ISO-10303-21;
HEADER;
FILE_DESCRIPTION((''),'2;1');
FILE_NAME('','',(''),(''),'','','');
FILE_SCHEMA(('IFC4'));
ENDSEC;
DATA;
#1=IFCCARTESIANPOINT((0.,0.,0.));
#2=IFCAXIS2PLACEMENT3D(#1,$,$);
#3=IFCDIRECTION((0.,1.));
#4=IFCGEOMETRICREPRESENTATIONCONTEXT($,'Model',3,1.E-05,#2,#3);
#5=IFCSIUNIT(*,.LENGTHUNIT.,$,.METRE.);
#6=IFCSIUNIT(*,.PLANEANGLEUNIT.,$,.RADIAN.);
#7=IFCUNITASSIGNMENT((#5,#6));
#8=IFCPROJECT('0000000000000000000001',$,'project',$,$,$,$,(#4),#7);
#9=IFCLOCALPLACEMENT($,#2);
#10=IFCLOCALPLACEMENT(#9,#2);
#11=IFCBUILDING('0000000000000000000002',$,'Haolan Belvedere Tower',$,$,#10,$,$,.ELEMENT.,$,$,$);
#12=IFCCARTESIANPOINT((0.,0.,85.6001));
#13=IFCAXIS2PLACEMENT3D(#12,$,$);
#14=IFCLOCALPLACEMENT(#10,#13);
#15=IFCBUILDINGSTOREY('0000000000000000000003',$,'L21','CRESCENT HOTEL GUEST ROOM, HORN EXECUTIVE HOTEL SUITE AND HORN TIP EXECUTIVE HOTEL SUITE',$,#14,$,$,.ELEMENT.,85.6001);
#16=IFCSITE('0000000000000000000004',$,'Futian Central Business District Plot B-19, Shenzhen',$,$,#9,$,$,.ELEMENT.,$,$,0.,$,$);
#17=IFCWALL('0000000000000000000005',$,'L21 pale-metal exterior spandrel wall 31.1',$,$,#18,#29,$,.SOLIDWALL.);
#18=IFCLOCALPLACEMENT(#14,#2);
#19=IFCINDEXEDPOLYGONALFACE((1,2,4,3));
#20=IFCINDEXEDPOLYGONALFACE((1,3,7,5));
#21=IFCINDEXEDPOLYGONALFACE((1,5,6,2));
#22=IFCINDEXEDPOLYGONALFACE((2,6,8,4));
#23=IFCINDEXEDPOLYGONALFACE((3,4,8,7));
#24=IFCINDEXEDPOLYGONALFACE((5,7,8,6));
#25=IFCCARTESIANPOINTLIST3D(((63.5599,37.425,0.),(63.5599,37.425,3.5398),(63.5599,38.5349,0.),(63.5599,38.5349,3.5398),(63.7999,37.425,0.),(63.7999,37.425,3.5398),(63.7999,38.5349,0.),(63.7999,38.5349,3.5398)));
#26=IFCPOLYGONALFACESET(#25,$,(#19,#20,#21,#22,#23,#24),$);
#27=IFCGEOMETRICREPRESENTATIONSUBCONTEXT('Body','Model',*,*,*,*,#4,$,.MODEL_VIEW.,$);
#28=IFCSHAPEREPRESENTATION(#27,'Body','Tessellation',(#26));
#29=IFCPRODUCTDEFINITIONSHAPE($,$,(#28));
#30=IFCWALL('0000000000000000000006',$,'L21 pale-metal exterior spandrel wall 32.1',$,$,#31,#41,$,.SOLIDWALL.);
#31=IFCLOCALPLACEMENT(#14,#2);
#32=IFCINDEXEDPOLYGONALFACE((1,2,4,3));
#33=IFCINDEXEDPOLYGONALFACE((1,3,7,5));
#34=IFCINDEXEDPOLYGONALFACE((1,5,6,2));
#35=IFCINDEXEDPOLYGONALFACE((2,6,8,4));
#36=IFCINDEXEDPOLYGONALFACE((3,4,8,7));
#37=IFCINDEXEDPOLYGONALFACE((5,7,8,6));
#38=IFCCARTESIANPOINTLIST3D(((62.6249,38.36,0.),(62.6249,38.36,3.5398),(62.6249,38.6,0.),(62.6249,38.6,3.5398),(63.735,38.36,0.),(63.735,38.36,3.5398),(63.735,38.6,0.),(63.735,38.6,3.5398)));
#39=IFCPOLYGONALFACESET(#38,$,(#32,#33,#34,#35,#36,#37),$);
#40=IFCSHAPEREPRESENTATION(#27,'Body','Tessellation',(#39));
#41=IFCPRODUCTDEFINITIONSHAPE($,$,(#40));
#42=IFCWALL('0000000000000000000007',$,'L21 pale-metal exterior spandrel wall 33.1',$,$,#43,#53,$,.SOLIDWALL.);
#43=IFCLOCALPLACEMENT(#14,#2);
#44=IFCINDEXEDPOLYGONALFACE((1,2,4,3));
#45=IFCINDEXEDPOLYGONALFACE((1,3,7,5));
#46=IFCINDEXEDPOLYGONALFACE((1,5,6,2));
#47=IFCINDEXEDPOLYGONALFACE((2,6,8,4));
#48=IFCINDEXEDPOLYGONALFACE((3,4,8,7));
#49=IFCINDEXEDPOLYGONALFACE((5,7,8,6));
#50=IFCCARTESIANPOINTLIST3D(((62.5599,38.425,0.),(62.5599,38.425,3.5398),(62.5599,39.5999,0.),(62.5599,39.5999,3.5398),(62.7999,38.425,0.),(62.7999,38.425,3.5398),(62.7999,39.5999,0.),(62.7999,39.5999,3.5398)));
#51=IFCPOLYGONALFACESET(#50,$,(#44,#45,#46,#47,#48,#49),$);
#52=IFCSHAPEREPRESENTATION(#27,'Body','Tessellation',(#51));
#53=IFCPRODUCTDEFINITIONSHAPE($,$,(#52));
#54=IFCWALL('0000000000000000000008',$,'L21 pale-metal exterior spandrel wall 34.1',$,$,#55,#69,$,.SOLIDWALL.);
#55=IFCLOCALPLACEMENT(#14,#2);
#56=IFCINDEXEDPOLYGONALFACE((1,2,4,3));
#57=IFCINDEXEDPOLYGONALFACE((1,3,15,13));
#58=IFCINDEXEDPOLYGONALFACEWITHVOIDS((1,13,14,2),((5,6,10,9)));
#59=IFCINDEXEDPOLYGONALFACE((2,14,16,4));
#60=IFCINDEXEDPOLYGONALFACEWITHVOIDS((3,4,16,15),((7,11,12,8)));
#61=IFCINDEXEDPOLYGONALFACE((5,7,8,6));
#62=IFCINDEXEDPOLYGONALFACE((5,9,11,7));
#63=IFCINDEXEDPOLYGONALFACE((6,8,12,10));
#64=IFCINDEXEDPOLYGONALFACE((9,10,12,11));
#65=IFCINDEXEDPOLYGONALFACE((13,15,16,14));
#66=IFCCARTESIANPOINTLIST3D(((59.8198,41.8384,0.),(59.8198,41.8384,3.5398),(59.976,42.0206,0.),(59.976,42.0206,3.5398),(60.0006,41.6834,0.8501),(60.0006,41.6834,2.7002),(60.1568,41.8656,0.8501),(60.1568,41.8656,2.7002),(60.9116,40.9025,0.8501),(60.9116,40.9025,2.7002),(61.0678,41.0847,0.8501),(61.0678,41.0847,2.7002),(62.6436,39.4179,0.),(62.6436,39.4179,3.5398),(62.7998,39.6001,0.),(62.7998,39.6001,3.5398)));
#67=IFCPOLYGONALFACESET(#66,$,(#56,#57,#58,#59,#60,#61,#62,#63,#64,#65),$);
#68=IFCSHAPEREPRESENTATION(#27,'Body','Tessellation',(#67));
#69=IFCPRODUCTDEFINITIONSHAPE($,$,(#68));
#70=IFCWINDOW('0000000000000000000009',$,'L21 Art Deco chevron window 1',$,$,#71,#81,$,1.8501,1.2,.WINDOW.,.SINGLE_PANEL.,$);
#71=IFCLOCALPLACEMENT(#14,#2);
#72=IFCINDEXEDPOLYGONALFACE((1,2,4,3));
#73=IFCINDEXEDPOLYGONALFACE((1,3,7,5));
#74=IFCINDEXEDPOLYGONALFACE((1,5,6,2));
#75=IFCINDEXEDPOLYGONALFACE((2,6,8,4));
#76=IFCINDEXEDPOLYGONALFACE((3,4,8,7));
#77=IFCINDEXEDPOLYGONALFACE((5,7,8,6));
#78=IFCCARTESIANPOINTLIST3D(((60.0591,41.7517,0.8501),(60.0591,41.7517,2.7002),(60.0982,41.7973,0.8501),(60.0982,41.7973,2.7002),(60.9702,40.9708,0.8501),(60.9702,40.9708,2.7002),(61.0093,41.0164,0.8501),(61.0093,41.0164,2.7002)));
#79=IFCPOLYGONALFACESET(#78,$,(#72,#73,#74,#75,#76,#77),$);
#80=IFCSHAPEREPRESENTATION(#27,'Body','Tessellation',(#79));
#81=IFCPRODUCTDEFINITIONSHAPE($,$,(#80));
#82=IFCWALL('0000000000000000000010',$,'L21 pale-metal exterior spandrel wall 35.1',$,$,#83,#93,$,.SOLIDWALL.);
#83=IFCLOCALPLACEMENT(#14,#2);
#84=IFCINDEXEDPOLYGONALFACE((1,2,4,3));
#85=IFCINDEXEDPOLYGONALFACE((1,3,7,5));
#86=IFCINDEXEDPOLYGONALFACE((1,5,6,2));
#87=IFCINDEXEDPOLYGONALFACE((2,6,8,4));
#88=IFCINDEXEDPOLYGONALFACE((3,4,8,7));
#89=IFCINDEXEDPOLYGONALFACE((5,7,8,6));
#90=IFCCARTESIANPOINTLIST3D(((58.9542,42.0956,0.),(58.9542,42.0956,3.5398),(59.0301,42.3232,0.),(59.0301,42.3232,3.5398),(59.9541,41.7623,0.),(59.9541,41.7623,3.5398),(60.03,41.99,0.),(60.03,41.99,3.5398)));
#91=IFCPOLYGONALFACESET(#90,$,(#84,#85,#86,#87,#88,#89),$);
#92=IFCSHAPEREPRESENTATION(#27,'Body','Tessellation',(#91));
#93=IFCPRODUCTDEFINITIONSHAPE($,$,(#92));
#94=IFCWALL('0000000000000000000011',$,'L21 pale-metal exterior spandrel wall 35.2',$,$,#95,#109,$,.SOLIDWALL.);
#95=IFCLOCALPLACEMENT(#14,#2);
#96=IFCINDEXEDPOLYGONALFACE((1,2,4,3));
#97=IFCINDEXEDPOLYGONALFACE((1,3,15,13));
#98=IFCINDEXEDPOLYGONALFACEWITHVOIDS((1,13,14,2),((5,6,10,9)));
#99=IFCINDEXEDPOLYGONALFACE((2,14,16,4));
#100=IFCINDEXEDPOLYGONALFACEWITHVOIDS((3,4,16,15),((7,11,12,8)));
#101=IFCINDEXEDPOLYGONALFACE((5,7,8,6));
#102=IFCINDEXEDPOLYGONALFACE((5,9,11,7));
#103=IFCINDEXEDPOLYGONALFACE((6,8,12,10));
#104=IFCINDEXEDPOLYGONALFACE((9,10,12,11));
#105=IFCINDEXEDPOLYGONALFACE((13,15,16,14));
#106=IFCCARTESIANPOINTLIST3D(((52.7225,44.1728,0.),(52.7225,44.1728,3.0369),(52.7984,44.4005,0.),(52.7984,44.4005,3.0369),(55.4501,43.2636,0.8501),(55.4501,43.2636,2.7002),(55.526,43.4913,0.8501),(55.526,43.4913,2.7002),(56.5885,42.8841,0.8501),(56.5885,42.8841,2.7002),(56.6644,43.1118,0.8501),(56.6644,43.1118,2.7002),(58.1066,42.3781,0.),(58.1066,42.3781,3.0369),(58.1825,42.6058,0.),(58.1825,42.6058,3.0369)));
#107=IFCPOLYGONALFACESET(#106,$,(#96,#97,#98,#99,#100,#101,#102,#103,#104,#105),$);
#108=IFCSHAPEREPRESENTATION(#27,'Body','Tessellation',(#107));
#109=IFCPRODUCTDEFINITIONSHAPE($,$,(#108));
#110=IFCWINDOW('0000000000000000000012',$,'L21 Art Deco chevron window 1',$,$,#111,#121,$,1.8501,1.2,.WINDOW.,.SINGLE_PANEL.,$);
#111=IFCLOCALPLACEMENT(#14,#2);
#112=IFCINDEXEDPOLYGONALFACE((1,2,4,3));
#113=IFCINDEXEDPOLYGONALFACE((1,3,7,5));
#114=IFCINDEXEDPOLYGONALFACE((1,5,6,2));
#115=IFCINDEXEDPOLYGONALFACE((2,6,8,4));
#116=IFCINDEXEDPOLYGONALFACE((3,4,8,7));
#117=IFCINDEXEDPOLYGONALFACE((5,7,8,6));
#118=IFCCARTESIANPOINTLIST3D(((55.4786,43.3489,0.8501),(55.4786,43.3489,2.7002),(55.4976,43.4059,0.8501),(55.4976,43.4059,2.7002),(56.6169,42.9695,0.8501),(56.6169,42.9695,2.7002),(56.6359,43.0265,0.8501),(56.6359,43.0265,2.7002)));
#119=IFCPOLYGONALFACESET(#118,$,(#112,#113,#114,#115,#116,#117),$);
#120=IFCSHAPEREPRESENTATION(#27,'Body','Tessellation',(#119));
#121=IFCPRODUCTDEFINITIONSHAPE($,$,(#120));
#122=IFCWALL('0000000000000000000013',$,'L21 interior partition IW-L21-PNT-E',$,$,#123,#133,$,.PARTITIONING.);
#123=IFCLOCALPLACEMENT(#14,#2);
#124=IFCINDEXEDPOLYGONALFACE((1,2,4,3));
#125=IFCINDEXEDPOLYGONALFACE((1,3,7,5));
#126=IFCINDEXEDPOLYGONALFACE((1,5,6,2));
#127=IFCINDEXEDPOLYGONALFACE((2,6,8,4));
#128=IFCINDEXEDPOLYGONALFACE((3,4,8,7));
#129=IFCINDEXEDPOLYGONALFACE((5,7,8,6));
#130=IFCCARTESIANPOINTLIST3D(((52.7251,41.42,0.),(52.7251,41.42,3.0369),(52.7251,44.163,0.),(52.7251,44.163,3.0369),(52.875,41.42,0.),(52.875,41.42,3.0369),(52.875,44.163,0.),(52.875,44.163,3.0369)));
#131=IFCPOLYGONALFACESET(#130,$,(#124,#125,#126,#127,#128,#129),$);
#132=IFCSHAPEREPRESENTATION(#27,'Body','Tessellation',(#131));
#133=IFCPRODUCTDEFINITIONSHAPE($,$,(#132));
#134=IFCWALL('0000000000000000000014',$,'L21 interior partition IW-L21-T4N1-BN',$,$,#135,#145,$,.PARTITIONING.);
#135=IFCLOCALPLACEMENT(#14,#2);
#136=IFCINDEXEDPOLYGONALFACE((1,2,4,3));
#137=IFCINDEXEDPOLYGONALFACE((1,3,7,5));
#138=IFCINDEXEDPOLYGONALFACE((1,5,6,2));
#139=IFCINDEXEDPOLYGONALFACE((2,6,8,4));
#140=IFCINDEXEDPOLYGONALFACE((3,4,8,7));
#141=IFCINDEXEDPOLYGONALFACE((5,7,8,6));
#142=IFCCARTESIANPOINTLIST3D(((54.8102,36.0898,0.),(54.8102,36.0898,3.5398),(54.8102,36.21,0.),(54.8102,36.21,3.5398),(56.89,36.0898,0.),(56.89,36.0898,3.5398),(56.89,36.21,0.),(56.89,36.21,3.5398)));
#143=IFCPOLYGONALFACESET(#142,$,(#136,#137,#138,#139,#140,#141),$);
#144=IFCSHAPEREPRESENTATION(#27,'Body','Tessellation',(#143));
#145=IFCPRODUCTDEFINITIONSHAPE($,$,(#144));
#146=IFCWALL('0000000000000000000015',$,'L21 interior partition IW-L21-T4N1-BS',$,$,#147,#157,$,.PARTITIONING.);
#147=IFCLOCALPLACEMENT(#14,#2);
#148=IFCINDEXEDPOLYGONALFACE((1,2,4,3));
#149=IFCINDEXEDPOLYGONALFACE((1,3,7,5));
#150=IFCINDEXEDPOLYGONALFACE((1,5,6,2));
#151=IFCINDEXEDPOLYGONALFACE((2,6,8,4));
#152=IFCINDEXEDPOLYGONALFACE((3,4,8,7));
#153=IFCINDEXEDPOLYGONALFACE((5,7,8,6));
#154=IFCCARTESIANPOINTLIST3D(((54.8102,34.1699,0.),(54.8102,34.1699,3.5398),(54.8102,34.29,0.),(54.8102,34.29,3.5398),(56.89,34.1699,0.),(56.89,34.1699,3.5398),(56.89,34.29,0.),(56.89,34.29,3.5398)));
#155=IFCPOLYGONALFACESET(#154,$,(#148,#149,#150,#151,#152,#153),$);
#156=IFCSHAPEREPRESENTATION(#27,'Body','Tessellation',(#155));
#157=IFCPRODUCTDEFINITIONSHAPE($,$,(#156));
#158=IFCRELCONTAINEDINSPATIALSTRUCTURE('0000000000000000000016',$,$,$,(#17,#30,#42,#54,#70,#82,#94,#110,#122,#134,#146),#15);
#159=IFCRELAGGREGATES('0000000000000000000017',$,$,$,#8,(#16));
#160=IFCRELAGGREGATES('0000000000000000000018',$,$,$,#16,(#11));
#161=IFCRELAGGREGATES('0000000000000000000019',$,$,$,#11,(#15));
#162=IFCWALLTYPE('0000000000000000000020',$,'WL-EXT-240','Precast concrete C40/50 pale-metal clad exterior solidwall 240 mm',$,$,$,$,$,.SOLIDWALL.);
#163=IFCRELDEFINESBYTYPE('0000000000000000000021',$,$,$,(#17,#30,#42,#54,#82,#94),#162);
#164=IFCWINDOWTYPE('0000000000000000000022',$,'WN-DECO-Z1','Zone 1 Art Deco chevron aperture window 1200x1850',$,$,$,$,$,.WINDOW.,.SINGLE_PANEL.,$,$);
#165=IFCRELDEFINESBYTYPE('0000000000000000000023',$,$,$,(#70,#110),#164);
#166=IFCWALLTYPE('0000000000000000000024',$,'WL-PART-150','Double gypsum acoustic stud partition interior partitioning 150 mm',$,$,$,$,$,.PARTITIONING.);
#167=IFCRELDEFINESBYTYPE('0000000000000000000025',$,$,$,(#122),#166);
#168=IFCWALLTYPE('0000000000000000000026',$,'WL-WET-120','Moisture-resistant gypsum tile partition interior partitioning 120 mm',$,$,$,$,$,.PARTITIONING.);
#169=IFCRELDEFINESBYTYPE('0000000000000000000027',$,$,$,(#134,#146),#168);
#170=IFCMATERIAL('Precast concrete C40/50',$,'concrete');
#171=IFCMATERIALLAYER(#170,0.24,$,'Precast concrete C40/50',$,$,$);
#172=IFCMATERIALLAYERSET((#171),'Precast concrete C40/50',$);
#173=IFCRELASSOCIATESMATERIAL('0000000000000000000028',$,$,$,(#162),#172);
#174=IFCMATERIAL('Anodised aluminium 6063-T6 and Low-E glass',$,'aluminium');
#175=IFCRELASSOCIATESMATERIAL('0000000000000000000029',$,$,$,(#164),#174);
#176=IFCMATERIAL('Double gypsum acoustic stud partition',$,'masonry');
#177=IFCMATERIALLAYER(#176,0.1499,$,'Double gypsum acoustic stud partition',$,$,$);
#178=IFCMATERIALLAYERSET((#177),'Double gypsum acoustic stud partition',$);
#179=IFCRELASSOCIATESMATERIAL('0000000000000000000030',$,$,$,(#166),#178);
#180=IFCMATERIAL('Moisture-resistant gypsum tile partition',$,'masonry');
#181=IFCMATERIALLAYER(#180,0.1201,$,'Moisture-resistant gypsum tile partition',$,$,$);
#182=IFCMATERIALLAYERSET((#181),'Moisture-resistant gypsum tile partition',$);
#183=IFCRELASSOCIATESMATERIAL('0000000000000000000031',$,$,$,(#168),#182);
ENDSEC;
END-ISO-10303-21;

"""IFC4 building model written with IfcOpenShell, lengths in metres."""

from ifc_helpers import new_model, si_unit, direction, frame, frame_2d, origin, place, context, subcontext, project, spatial, rectangle, extrude, material, layer, layer_set, type_object, element, fill, save


model = new_model("IFC4")

# Units and contexts
model_context = context("Model", 3, precision=1e-05, world=origin(), true_north=direction((0.0, 1.0)))
body_context = subcontext(model_context, "Body", "Model", "MODEL_VIEW")
ifc_project = project(units=[si_unit("LENGTHUNIT", "METRE"), si_unit("PLANEANGLEUNIT", "RADIAN")], contexts=[model_context])

# Site, building, storey
site_placement = place(None, origin())
site = spatial("IfcSite", under=ifc_project, at=site_placement, Name="Futian Central Business District Plot B-19, Shenzhen", CompositionType="ELEMENT", RefElevation=0.0)
building_placement = place(site_placement, origin())
building = spatial("IfcBuilding", under=site, at=building_placement, Name="Haolan Belvedere Tower", CompositionType="ELEMENT")
storey_placement = place(building_placement, frame((0.0, 0.0, 85.6001)))
storey = spatial("IfcBuildingStorey", under=building, at=storey_placement, Name="L21", Description="CRESCENT HOTEL GUEST ROOM, HORN EXECUTIVE HOTEL SUITE AND HORN TIP EXECUTIVE HOTEL SUITE", CompositionType="ELEMENT", Elevation=85.6001)

# Shared definitions
ifc_material_1 = material(Name="Precast concrete C40/50", Category="concrete")
ifc_layer_1 = layer(ifc_material_1, 0.24, Name="Precast concrete C40/50")
ifc_layer_set_1 = layer_set([ifc_layer_1], Name="Precast concrete C40/50")
wall_type_1 = type_object("IfcWallType", Name="WL-EXT-240", Description="Precast concrete C40/50 pale-metal clad exterior solidwall 240 mm", PredefinedType="SOLIDWALL", material=ifc_layer_set_1)
ifc_material_2 = material(Name="Anodised aluminium 6063-T6 and Low-E glass", Category="aluminium")
window_type = type_object("IfcWindowType", Name="WN-DECO-Z1", Description="Zone 1 Art Deco chevron aperture window 1200x1850", PartitioningType="SINGLE_PANEL", PredefinedType="WINDOW", material=ifc_material_2)

# Walls
wall_1_placement = place(storey_placement, frame((63.6799, 37.425, 0.0), z_axis=(0.0, 0.0, 1.0), x_axis=(0.0, 1.0, 0.0)))
element("IfcWall", 1, at=wall_1_placement, inside=storey, type_object=wall_type_1, Name="L21 pale-metal exterior spandrel wall 31.1", PredefinedType="SOLIDWALL", context=body_context, shape_type="SweptSolid", body=[
    extrude(rectangle(XDim=1.1099, YDim=0.24, at=frame_2d((0.5549, 0.0))), origin(), (0.0, 0.0, 1.0), 3.5398),
])
wall_2_placement = place(storey_placement, frame((63.7351, 38.48, 0.0), z_axis=(0.0, 0.0, 1.0), x_axis=(-1.0, 0.0, 0.0)))
element("IfcWall", 2, at=wall_2_placement, inside=storey, type_object=wall_type_1, Name="L21 pale-metal exterior spandrel wall 32.1", PredefinedType="SOLIDWALL", context=body_context, shape_type="SweptSolid", body=[
    extrude(rectangle(XDim=1.1101, YDim=0.24, at=frame_2d((0.5552, 0.0))), origin(), (0.0, 0.0, 1.0), 3.5398),
])
wall_3_placement = place(storey_placement, frame((62.6799, 38.425, 0.0), z_axis=(0.0, 0.0, 1.0), x_axis=(0.0, 1.0, 0.0)))
element("IfcWall", 3, at=wall_3_placement, inside=storey, type_object=wall_type_1, Name="L21 pale-metal exterior spandrel wall 33.1", PredefinedType="SOLIDWALL", context=body_context, shape_type="SweptSolid", body=[
    extrude(rectangle(XDim=1.1748, YDim=0.24, at=frame_2d((0.5874, 0.0))), origin(), (0.0, 0.0, 1.0), 3.5398),
])

# Wall, opening, window
wall_4_placement = place(storey_placement, frame((62.7217, 39.509, 0.0), z_axis=(0.0, 0.0, 1.0), x_axis=(-0.759247, 0.650802, 0.0)))
wall_4 = element("IfcWall", 4, at=wall_4_placement, inside=storey, type_object=wall_type_1, Name="L21 pale-metal exterior spandrel wall 34.1", PredefinedType="SOLIDWALL", context=body_context, shape_type="SweptSolid", body=[
    extrude(rectangle(XDim=3.7192, YDim=0.24, at=frame_2d((1.8596, 0.0))), origin(), (0.0, 0.0, 1.0), 3.5398),
])
opening_1_placement = place(wall_4_placement, frame((2.281, 0.0, 0.8501)))
opening_1 = element("IfcOpeningElement", 5, at=opening_1_placement, cuts=wall_4, PredefinedType="OPENING", context=body_context, shape_type="SweptSolid", body=[
    extrude(rectangle(XDim=1.2, YDim=1.8501, at=frame_2d((0.6001, 0.925))), frame((0.0, 0.1299, 0.0), z_axis=(0.0, -1.0, 0.0), x_axis=(1.0, 0.0, 0.0)), (0.0, 0.0, 1.0), 0.26),
])
window_1_placement = place(opening_1_placement, origin())
window_1 = element("IfcWindow", 6, at=window_1_placement, inside=storey, type_object=window_type, Name="L21 Art Deco chevron window 1", OverallHeight=1.8501, OverallWidth=1.2, PartitioningType="SINGLE_PANEL", PredefinedType="WINDOW", context=body_context, shape_type="SweptSolid", body=[
    extrude(rectangle(XDim=1.2, YDim=1.8501, at=frame_2d((0.6001, 0.925))), frame((0.0, 0.03, 0.0), z_axis=(0.0, -1.0, 0.0), x_axis=(1.0, 0.0, 0.0)), (0.0, 0.0, 1.0), 0.0601),
])
fill(opening_1, window_1)

# Wall
wall_5_placement = place(storey_placement, frame((59.9919, 41.8762, 0.0), z_axis=(0.0, 0.0, 1.0), x_axis=(-0.948706, 0.316158, 0.0)))
element("IfcWall", 7, at=wall_5_placement, inside=storey, type_object=wall_type_1, Name="L21 pale-metal exterior spandrel wall 35.1", PredefinedType="SOLIDWALL", context=body_context, shape_type="SweptSolid", body=[
    extrude(rectangle(XDim=1.054, YDim=0.24, at=frame_2d((0.5269, 0.0))), origin(), (0.0, 0.0, 1.0), 3.5398),
])

# Wall, opening, window
wall_6_placement = place(storey_placement, frame((58.1445, 42.4919, 0.0), z_axis=(0.0, 0.0, 1.0), x_axis=(-0.948683, 0.316228, 0.0)))
wall_6 = element("IfcWall", 8, at=wall_6_placement, inside=storey, type_object=wall_type_1, Name="L21 pale-metal exterior spandrel wall 35.2", PredefinedType="SOLIDWALL", context=body_context, shape_type="SweptSolid", body=[
    extrude(rectangle(XDim=5.6753, YDim=0.24, at=frame_2d((2.8376, 0.0))), origin(), (0.0, 0.0, 1.0), 3.0369),
])
opening_2_placement = place(wall_6_placement, frame((1.6001, 0.0, 0.8501)))
opening_2 = element("IfcOpeningElement", 9, at=opening_2_placement, cuts=wall_6, PredefinedType="OPENING", context=body_context, shape_type="SweptSolid", body=[
    extrude(rectangle(XDim=1.2, YDim=1.8501, at=frame_2d((0.6001, 0.925))), frame((0.0, 0.1299, 0.0), z_axis=(0.0, -1.0, 0.0), x_axis=(1.0, 0.0, 0.0)), (0.0, 0.0, 1.0), 0.26),
])
window_2_placement = place(opening_2_placement, origin())
window_2 = element("IfcWindow", 10, at=window_2_placement, inside=storey, type_object=window_type, Name="L21 Art Deco chevron window 1", OverallHeight=1.8501, OverallWidth=1.2, PartitioningType="SINGLE_PANEL", PredefinedType="WINDOW", context=body_context, shape_type="SweptSolid", body=[
    extrude(rectangle(XDim=1.2, YDim=1.8501, at=frame_2d((0.6001, 0.925))), frame((0.0, 0.03, 0.0), z_axis=(0.0, -1.0, 0.0), x_axis=(1.0, 0.0, 0.0)), (0.0, 0.0, 1.0), 0.0601),
])
fill(opening_2, window_2)

# Walls
ifc_material_3 = material(Name="Double gypsum acoustic stud partition", Category="masonry")
ifc_layer_2 = layer(ifc_material_3, 0.1499, Name="Double gypsum acoustic stud partition")
ifc_layer_set_2 = layer_set([ifc_layer_2], Name="Double gypsum acoustic stud partition")
wall_type_2 = type_object("IfcWallType", Name="WL-PART-150", Description="Double gypsum acoustic stud partition interior partitioning 150 mm", PredefinedType="PARTITIONING", material=ifc_layer_set_2)
wall_7_placement = place(storey_placement, frame((52.8, 41.4199, 0.0), z_axis=(0.0, 0.0, 1.0), x_axis=(0.0, 1.0, 0.0)))
element("IfcWall", 11, at=wall_7_placement, inside=storey, type_object=wall_type_2, Name="L21 interior partition IW-L21-PNT-E", PredefinedType="PARTITIONING", context=body_context, shape_type="SweptSolid", body=[
    extrude(rectangle(XDim=2.7429, YDim=0.1499, at=frame_2d((1.3716, 0.0))), origin(), (0.0, 0.0, 1.0), 3.0369),
])
ifc_material_4 = material(Name="Moisture-resistant gypsum tile partition", Category="masonry")
ifc_layer_3 = layer(ifc_material_4, 0.1201, Name="Moisture-resistant gypsum tile partition")
ifc_layer_set_3 = layer_set([ifc_layer_3], Name="Moisture-resistant gypsum tile partition")
wall_type_3 = type_object("IfcWallType", Name="WL-WET-120", Description="Moisture-resistant gypsum tile partition interior partitioning 120 mm", PredefinedType="PARTITIONING", material=ifc_layer_set_3)
for number, where, z_axis, x_axis, name in (
    (12, (54.8101, 36.1499, 0.0), (0.0, 0.0, 1.0), (1.0, 0.0, 0.0), "L21 interior partition IW-L21-T4N1-BN"),
    (13, (54.8101, 34.23, 0.0), (0.0, 0.0, 1.0), (1.0, 0.0, 0.0), "L21 interior partition IW-L21-T4N1-BS"),
):
    element("IfcWall", number, at=place(storey_placement, frame(where, z_axis=z_axis, x_axis=x_axis)), inside=storey, type_object=wall_type_3, Name=name, PredefinedType="PARTITIONING", context=body_context, shape_type="SweptSolid", body=[
        extrude(rectangle(XDim=2.0798, YDim=0.1201, at=frame_2d((1.04, 0.0))), origin(), (0.0, 0.0, 1.0), 3.5398),
    ])

save(model, "model.ifc")
